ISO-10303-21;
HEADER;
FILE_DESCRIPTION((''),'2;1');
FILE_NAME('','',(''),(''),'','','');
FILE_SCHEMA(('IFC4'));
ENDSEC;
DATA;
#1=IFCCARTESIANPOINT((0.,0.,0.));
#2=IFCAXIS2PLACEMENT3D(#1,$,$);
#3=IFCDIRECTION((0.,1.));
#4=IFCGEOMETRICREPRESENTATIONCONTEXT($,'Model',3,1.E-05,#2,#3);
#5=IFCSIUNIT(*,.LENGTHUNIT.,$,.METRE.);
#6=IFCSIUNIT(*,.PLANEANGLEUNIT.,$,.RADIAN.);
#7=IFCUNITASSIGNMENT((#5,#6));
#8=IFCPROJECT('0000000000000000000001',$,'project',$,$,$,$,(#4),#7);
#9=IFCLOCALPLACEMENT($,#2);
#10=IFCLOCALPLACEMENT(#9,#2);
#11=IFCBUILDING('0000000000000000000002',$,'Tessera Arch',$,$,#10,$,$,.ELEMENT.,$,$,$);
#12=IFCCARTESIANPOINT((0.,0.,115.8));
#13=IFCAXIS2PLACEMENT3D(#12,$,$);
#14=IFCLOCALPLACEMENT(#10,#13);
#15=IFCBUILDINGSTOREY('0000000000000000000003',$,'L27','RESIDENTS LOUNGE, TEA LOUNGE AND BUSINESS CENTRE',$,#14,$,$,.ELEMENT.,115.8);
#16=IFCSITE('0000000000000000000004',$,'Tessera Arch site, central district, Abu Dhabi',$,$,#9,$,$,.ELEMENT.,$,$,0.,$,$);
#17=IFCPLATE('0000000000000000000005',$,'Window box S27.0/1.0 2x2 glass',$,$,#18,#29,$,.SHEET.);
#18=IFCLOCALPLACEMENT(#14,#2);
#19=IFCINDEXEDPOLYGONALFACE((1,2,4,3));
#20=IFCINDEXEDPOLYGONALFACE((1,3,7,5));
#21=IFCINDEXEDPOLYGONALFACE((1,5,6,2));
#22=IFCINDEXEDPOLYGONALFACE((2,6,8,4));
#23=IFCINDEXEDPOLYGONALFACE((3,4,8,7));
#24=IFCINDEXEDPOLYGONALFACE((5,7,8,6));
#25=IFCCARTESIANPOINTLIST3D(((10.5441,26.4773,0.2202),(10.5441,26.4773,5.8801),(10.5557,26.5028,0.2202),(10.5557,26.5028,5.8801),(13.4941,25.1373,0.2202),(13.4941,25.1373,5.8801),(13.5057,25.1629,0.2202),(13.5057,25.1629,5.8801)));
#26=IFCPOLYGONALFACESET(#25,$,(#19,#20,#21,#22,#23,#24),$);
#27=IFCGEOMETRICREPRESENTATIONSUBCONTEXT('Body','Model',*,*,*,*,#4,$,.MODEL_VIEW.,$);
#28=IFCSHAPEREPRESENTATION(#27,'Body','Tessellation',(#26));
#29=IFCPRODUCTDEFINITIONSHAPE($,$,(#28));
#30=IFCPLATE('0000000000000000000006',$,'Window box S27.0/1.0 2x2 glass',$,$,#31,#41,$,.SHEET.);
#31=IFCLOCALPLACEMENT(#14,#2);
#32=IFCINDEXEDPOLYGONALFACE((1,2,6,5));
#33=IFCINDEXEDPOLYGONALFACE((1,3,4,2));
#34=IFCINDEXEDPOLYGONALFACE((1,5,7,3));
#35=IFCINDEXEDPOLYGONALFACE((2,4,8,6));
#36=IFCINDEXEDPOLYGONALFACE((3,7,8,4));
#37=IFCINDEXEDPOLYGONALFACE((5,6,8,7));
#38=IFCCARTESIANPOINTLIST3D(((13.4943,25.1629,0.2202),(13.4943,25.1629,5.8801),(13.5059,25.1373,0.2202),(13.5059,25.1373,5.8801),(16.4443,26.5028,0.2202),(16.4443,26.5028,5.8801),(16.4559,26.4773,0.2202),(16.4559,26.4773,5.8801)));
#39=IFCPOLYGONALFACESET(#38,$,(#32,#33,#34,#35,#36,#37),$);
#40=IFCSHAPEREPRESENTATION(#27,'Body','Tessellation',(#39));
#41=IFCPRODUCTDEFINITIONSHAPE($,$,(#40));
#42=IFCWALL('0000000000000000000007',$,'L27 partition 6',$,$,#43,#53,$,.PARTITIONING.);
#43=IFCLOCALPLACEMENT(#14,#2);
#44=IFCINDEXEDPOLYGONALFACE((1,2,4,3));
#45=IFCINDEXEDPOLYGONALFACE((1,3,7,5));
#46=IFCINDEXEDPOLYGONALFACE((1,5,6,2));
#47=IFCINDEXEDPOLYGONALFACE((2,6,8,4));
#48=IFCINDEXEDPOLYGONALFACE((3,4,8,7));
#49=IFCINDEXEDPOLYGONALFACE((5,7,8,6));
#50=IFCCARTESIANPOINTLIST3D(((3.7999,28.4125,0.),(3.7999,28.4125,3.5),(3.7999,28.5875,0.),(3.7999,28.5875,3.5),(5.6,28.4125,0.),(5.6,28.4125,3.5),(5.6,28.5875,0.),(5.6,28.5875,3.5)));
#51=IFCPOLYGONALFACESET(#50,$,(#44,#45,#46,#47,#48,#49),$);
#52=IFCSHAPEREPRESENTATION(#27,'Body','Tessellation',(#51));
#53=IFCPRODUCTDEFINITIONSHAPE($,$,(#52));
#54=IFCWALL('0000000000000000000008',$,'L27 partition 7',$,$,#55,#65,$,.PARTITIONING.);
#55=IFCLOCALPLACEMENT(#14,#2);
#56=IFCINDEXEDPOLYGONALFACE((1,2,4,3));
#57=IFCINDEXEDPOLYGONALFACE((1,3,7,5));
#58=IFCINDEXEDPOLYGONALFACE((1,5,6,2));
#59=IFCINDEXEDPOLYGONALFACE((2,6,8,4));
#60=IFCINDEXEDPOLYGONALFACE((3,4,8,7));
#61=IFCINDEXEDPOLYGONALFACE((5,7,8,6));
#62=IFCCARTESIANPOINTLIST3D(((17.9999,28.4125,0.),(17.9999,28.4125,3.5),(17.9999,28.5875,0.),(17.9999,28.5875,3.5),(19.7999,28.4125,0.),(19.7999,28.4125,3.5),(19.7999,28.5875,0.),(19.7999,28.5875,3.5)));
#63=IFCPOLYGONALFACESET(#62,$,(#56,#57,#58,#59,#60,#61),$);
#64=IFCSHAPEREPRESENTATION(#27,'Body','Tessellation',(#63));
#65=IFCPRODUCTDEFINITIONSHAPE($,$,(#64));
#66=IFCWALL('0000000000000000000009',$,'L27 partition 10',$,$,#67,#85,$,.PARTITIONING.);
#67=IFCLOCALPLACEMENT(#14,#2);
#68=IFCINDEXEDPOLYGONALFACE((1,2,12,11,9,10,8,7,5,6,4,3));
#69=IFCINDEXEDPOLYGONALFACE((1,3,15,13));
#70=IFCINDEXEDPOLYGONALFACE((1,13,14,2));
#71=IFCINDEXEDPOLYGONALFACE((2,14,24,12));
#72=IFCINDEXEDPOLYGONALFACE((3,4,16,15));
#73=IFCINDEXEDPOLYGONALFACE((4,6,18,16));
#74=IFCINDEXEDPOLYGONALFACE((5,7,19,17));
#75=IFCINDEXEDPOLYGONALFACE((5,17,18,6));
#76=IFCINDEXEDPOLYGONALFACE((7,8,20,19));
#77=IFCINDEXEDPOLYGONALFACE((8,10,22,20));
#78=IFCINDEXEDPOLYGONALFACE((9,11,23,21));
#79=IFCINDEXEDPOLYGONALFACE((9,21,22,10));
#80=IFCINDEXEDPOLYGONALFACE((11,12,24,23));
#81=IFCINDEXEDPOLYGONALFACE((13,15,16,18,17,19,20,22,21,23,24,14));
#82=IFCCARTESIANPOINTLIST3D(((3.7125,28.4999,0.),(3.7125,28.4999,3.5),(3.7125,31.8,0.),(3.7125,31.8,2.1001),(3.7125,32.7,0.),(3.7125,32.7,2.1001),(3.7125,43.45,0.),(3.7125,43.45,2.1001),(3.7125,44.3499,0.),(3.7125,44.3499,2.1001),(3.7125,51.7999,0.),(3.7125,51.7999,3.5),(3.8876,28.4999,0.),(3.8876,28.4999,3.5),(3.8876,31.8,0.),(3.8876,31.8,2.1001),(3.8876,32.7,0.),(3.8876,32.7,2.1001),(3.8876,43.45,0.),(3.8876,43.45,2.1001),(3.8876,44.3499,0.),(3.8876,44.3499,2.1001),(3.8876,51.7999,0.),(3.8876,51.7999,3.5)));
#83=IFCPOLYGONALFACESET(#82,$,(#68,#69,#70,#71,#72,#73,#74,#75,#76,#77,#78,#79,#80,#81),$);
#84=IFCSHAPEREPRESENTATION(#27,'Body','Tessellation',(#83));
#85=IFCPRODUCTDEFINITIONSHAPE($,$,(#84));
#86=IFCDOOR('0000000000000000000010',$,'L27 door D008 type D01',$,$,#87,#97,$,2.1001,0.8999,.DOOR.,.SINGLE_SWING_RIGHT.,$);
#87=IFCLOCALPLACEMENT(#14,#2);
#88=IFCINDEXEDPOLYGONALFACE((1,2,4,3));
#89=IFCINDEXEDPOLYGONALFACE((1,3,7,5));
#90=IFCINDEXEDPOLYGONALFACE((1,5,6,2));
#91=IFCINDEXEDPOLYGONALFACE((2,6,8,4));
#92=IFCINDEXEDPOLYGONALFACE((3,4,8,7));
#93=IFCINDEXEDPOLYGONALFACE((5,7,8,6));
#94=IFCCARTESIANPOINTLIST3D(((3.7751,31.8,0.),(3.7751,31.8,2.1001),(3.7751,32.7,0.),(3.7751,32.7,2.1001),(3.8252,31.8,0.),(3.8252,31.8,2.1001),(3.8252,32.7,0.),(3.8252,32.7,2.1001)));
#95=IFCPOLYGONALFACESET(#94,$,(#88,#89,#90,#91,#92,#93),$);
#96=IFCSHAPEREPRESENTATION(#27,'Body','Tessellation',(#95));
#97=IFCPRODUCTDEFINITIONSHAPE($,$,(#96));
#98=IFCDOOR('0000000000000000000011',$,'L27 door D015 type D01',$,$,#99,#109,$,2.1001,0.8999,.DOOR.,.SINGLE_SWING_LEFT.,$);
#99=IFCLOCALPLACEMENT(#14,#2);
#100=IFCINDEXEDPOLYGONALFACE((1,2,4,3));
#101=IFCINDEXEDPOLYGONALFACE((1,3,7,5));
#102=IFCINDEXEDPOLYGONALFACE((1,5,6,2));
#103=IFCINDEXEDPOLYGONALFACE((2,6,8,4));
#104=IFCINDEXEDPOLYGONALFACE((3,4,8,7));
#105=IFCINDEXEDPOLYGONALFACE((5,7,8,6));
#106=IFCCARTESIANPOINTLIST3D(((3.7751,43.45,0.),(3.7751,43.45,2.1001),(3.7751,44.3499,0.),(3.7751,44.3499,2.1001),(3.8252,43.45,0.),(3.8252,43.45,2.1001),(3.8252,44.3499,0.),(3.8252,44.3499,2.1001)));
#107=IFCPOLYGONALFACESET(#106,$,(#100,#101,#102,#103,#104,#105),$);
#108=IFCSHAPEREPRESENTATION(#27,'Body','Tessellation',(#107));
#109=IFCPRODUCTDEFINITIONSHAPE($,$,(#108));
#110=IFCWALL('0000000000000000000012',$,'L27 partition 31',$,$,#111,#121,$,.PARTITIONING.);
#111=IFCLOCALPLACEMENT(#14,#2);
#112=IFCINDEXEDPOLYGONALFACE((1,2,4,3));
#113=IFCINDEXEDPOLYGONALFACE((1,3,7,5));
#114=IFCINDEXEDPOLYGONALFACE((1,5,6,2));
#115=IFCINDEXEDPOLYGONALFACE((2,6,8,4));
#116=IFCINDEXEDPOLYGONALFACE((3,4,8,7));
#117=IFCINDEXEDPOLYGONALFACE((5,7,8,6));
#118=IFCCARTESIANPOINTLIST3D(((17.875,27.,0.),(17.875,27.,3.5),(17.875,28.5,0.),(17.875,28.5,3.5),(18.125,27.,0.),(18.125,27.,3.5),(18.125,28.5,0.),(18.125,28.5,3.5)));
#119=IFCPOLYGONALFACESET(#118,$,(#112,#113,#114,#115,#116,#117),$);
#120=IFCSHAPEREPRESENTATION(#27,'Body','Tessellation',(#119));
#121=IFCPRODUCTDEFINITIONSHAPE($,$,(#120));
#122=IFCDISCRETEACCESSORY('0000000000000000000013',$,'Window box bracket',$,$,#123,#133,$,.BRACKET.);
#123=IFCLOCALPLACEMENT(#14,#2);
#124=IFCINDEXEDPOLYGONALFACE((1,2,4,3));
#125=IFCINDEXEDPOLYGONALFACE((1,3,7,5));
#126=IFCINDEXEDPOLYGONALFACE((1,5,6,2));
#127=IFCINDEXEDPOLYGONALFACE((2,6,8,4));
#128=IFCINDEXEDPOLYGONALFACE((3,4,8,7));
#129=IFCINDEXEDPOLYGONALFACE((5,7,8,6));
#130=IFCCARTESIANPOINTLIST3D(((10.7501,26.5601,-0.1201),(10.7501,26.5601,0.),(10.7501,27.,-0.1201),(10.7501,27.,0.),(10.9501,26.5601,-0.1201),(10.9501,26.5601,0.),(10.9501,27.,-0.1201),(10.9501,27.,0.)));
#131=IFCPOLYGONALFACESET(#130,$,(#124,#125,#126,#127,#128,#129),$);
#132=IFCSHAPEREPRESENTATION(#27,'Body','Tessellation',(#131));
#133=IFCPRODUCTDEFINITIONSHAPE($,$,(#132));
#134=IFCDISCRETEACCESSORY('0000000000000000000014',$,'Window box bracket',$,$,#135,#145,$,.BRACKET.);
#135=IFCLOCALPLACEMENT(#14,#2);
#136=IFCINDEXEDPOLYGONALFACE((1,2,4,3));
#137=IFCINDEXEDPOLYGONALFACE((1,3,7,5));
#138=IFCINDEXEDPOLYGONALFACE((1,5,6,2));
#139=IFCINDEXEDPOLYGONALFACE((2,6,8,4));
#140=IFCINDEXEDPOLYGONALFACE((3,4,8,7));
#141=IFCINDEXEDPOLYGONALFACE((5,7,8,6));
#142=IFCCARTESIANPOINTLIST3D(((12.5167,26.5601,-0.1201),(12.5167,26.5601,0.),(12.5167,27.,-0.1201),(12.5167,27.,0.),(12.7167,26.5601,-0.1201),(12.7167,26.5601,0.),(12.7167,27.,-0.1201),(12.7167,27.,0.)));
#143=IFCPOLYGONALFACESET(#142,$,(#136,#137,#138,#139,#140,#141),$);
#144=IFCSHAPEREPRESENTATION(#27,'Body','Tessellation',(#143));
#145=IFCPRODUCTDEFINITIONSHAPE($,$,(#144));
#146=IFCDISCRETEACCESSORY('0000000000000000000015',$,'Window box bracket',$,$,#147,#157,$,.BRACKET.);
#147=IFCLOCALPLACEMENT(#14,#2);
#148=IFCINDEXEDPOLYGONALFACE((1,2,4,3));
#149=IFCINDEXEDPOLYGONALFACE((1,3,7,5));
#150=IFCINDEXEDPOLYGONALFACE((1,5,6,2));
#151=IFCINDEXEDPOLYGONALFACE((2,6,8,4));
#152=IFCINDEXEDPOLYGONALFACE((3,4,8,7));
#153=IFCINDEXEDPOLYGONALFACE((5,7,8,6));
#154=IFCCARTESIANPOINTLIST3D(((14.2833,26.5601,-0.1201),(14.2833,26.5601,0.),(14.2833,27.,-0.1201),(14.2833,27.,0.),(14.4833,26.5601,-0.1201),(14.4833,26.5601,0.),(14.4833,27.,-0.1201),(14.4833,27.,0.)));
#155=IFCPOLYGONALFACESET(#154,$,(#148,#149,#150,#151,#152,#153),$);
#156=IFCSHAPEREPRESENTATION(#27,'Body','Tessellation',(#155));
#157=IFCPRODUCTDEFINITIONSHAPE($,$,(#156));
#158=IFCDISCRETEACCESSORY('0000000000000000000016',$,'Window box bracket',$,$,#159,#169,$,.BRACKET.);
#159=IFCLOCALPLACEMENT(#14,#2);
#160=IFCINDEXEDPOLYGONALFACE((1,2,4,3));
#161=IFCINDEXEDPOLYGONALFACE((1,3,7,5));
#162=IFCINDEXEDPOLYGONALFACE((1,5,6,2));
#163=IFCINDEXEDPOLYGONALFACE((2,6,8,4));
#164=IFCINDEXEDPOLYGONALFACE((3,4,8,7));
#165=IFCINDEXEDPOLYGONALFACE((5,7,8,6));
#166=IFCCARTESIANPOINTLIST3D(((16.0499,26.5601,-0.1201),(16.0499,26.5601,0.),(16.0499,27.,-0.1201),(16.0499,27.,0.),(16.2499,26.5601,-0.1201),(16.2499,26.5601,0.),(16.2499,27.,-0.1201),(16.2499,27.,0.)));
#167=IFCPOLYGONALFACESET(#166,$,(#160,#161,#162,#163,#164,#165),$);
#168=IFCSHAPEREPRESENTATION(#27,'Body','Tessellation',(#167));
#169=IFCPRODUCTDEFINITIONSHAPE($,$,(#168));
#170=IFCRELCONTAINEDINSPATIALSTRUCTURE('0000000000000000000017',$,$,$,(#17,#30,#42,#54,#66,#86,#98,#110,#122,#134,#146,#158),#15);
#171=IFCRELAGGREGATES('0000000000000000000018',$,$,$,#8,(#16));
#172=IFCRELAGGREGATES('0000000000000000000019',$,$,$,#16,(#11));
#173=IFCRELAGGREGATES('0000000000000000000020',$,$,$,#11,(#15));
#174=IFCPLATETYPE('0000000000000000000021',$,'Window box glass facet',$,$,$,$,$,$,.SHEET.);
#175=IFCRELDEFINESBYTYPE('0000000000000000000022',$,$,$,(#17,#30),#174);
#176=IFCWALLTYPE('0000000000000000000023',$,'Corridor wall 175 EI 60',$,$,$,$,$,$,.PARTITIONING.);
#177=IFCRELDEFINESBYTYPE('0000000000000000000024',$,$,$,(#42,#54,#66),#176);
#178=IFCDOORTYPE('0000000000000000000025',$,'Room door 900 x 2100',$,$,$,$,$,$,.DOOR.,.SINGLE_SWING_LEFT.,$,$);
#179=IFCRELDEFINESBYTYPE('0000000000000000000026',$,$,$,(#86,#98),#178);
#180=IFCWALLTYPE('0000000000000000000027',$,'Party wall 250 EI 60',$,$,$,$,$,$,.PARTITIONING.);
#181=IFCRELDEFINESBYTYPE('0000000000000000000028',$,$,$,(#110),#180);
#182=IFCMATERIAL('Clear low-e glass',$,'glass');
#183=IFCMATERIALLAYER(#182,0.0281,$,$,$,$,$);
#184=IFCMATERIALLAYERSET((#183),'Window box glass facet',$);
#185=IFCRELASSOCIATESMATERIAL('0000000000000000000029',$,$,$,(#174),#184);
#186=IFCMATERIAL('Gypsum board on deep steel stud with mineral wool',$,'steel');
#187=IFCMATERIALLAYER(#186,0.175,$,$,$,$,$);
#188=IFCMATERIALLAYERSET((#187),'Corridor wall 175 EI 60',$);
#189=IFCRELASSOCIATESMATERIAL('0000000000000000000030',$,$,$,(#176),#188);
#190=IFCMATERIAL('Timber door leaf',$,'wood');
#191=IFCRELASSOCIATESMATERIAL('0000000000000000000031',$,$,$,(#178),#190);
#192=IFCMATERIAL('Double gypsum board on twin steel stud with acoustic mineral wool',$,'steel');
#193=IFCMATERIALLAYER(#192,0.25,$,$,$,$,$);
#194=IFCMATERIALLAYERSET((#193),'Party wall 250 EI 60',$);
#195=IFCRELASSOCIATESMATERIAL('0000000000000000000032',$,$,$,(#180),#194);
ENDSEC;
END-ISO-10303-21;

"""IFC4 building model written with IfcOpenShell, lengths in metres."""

from ifc_helpers import new_model, si_unit, direction, frame, frame_2d, origin, origin_2d, place, context, subcontext, project, spatial, rectangle, extrude, material, layer, layer_set, type_object, element, fill, save


model = new_model("IFC4")

# Units and contexts
model_context = context("Model", 3, precision=1e-05, world=origin(), true_north=direction((0.0, 1.0)))
body_context = subcontext(model_context, "Body", "Model", "MODEL_VIEW")
ifc_project = project(units=[si_unit("LENGTHUNIT", "METRE"), si_unit("PLANEANGLEUNIT", "RADIAN")], contexts=[model_context])

# Site, building, storey
site_placement = place(None, origin())
site = spatial("IfcSite", under=ifc_project, at=site_placement, Name="Tessera Arch site, central district, Abu Dhabi", CompositionType="ELEMENT", RefElevation=0.0)
building_placement = place(site_placement, origin())
building = spatial("IfcBuilding", under=site, at=building_placement, Name="Tessera Arch", CompositionType="ELEMENT")
storey_placement = place(building_placement, frame((0.0, 0.0, 115.8)))
storey = spatial("IfcBuildingStorey", under=building, at=storey_placement, Name="L27", Description="RESIDENTS LOUNGE, TEA LOUNGE AND BUSINESS CENTRE", CompositionType="ELEMENT", Elevation=115.8)

# Plates
ifc_material_1 = material(Name="Clear low-e glass", Category="glass")
ifc_layer_1 = layer(ifc_material_1, 0.0281)
ifc_layer_set_1 = layer_set([ifc_layer_1], Name="Window box glass facet")
plate_type_1 = type_object("IfcPlateType", Name="Window box glass facet", PredefinedType="SHEET", material=ifc_layer_set_1)
for number, where, z_axis, x_axis, name in (
    (1, (12.0249, 25.8201, 0.2202), (0.0, 0.0, 1.0), (0.910472, -0.41357, 0.0), "Window box S27.0/1.0 2x2 glass"),
    (2, (14.9751, 25.8201, 0.2202), (0.0, 0.0, 1.0), (-0.910472, -0.41357, 0.0), "Window box S27.0/1.0 2x2 glass"),
):
    element("IfcPlate", number, at=place(storey_placement, frame(where, z_axis=z_axis, x_axis=x_axis)), inside=storey, type_object=plate_type_1, Name=name, PredefinedType="SHEET", context=body_context, shape_type="SweptSolid", body=[
        extrude(rectangle(XDim=3.24, YDim=0.0281, at=origin_2d()), origin(), (0.0, 0.0, 1.0), 5.6599),
    ])

# Walls
ifc_material_2 = material(Name="Gypsum board on deep steel stud with mineral wool", Category="steel")
ifc_layer_2 = layer(ifc_material_2, 0.175)
ifc_layer_set_2 = layer_set([ifc_layer_2], Name="Corridor wall 175 EI 60")
wall_type_1 = type_object("IfcWallType", Name="Corridor wall 175 EI 60", PredefinedType="PARTITIONING", material=ifc_layer_set_2)
for number, where, z_axis, x_axis, name in (
    (3, (3.8, 28.5, 0.0), (0.0, 0.0, 1.0), (1.0, 0.0, 0.0), "L27 partition 6"),
    (4, (18.0, 28.5, 0.0), (0.0, 0.0, 1.0), (1.0, 0.0, 0.0), "L27 partition 7"),
):
    element("IfcWall", number, at=place(storey_placement, frame(where, z_axis=z_axis, x_axis=x_axis)), inside=storey, type_object=wall_type_1, Name=name, PredefinedType="PARTITIONING", context=body_context, shape_type="SweptSolid", body=[
        extrude(rectangle(XDim=1.8, YDim=0.175, at=frame_2d((0.8999, 0.0))), origin(), (0.0, 0.0, 1.0), 3.5),
    ])

# Wall, openings, doors
wall_1_placement = place(storey_placement, frame((3.8, 28.5, 0.0), z_axis=(0.0, 0.0, 1.0), x_axis=(0.0, 1.0, 0.0)))
wall_1 = element("IfcWall", 5, at=wall_1_placement, inside=storey, type_object=wall_type_1, Name="L27 partition 10", PredefinedType="PARTITIONING", context=body_context, shape_type="SweptSolid", body=[
    extrude(rectangle(XDim=23.3, YDim=0.175, at=frame_2d((11.6499, 0.0))), origin(), (0.0, 0.0, 1.0), 3.5),
])
opening_1_placement = place(wall_1_placement, frame((3.3, 0.0, 0.0)))
opening_1 = element("IfcOpeningElement", 6, at=opening_1_placement, cuts=wall_1, PredefinedType="OPENING", context=body_context, shape_type="SweptSolid", body=[
    extrude(rectangle(XDim=0.8999, YDim=2.1001, at=frame_2d((0.45, 1.05))), frame((0.0, 0.0974, 0.0), z_axis=(0.0, -1.0, 0.0), x_axis=(1.0, 0.0, 0.0)), (0.0, 0.0, 1.0), 0.1951),
])
opening_2_placement = place(wall_1_placement, frame((14.95, 0.0, 0.0)))
opening_2 = element("IfcOpeningElement", 7, at=opening_2_placement, cuts=wall_1, PredefinedType="OPENING", context=body_context, shape_type="SweptSolid", body=[
    extrude(rectangle(XDim=0.8999, YDim=2.1001, at=frame_2d((0.45, 1.05))), frame((0.0, 0.0974, 0.0), z_axis=(0.0, -1.0, 0.0), x_axis=(1.0, 0.0, 0.0)), (0.0, 0.0, 1.0), 0.1951),
])
ifc_material_3 = material(Name="Timber door leaf", Category="wood")
door_type = type_object("IfcDoorType", Name="Room door 900 x 2100", OperationType="SINGLE_SWING_LEFT", PredefinedType="DOOR", material=ifc_material_3)
door_1_placement = place(opening_1_placement, origin())
door_1 = element("IfcDoor", 8, at=door_1_placement, inside=storey, type_object=door_type, Name="L27 door D008 type D01", OperationType="SINGLE_SWING_RIGHT", OverallHeight=2.1001, OverallWidth=0.8999, PredefinedType="DOOR", context=body_context, shape_type="SweptSolid", body=[
    extrude(rectangle(XDim=0.8999, YDim=2.1001, at=frame_2d((0.45, 1.05))), frame((0.0, 0.0249, 0.0), z_axis=(0.0, -1.0, 0.0), x_axis=(1.0, 0.0, 0.0)), (0.0, 0.0, 1.0), 0.05),
])
fill(opening_1, door_1)
door_2_placement = place(opening_2_placement, origin())
door_2 = element("IfcDoor", 9, at=door_2_placement, inside=storey, type_object=door_type, Name="L27 door D015 type D01", OperationType="SINGLE_SWING_LEFT", OverallHeight=2.1001, OverallWidth=0.8999, PredefinedType="DOOR", context=body_context, shape_type="SweptSolid", body=[
    extrude(rectangle(XDim=0.8999, YDim=2.1001, at=frame_2d((0.45, 1.05))), frame((0.0, 0.0249, 0.0), z_axis=(0.0, -1.0, 0.0), x_axis=(1.0, 0.0, 0.0)), (0.0, 0.0, 1.0), 0.05),
])
fill(opening_2, door_2)

# Wall
ifc_material_4 = material(Name="Double gypsum board on twin steel stud with acoustic mineral wool", Category="steel")
ifc_layer_3 = layer(ifc_material_4, 0.25)
ifc_layer_set_3 = layer_set([ifc_layer_3], Name="Party wall 250 EI 60")
wall_type_2 = type_object("IfcWallType", Name="Party wall 250 EI 60", PredefinedType="PARTITIONING", material=ifc_layer_set_3)
wall_2_placement = place(storey_placement, frame((18.0, 27.0, 0.0), z_axis=(0.0, 0.0, 1.0), x_axis=(0.0, 1.0, 0.0)))
element("IfcWall", 10, at=wall_2_placement, inside=storey, type_object=wall_type_2, Name="L27 partition 31", PredefinedType="PARTITIONING", context=body_context, shape_type="SweptSolid", body=[
    extrude(rectangle(XDim=1.5, YDim=0.25, at=frame_2d((0.75, 0.0))), origin(), (0.0, 0.0, 1.0), 3.5),
])

# Discrete accessories
for number, where, z_axis, x_axis, name in (
    (11, (10.8501, 26.78, -0.1201), (0.0, 0.0, 1.0), (0.0, -1.0, 0.0), "Window box bracket"),
    (12, (12.6167, 26.78, -0.1201), (0.0, 0.0, 1.0), (0.0, -1.0, 0.0), "Window box bracket"),
    (13, (14.3833, 26.78, -0.1201), (0.0, 0.0, 1.0), (0.0, -1.0, 0.0), "Window box bracket"),
    (14, (16.1499, 26.78, -0.1201), (0.0, 0.0, 1.0), (0.0, -1.0, 0.0), "Window box bracket"),
):
    element("IfcDiscreteAccessory", number, at=place(storey_placement, frame(where, z_axis=z_axis, x_axis=x_axis)), inside=storey, Name=name, PredefinedType="BRACKET", context=body_context, shape_type="SweptSolid", body=[
        extrude(rectangle(XDim=0.4399, YDim=0.2, at=origin_2d()), origin(), (0.0, 0.0, 1.0), 0.1201),
    ])

save(model, "model.ifc")
